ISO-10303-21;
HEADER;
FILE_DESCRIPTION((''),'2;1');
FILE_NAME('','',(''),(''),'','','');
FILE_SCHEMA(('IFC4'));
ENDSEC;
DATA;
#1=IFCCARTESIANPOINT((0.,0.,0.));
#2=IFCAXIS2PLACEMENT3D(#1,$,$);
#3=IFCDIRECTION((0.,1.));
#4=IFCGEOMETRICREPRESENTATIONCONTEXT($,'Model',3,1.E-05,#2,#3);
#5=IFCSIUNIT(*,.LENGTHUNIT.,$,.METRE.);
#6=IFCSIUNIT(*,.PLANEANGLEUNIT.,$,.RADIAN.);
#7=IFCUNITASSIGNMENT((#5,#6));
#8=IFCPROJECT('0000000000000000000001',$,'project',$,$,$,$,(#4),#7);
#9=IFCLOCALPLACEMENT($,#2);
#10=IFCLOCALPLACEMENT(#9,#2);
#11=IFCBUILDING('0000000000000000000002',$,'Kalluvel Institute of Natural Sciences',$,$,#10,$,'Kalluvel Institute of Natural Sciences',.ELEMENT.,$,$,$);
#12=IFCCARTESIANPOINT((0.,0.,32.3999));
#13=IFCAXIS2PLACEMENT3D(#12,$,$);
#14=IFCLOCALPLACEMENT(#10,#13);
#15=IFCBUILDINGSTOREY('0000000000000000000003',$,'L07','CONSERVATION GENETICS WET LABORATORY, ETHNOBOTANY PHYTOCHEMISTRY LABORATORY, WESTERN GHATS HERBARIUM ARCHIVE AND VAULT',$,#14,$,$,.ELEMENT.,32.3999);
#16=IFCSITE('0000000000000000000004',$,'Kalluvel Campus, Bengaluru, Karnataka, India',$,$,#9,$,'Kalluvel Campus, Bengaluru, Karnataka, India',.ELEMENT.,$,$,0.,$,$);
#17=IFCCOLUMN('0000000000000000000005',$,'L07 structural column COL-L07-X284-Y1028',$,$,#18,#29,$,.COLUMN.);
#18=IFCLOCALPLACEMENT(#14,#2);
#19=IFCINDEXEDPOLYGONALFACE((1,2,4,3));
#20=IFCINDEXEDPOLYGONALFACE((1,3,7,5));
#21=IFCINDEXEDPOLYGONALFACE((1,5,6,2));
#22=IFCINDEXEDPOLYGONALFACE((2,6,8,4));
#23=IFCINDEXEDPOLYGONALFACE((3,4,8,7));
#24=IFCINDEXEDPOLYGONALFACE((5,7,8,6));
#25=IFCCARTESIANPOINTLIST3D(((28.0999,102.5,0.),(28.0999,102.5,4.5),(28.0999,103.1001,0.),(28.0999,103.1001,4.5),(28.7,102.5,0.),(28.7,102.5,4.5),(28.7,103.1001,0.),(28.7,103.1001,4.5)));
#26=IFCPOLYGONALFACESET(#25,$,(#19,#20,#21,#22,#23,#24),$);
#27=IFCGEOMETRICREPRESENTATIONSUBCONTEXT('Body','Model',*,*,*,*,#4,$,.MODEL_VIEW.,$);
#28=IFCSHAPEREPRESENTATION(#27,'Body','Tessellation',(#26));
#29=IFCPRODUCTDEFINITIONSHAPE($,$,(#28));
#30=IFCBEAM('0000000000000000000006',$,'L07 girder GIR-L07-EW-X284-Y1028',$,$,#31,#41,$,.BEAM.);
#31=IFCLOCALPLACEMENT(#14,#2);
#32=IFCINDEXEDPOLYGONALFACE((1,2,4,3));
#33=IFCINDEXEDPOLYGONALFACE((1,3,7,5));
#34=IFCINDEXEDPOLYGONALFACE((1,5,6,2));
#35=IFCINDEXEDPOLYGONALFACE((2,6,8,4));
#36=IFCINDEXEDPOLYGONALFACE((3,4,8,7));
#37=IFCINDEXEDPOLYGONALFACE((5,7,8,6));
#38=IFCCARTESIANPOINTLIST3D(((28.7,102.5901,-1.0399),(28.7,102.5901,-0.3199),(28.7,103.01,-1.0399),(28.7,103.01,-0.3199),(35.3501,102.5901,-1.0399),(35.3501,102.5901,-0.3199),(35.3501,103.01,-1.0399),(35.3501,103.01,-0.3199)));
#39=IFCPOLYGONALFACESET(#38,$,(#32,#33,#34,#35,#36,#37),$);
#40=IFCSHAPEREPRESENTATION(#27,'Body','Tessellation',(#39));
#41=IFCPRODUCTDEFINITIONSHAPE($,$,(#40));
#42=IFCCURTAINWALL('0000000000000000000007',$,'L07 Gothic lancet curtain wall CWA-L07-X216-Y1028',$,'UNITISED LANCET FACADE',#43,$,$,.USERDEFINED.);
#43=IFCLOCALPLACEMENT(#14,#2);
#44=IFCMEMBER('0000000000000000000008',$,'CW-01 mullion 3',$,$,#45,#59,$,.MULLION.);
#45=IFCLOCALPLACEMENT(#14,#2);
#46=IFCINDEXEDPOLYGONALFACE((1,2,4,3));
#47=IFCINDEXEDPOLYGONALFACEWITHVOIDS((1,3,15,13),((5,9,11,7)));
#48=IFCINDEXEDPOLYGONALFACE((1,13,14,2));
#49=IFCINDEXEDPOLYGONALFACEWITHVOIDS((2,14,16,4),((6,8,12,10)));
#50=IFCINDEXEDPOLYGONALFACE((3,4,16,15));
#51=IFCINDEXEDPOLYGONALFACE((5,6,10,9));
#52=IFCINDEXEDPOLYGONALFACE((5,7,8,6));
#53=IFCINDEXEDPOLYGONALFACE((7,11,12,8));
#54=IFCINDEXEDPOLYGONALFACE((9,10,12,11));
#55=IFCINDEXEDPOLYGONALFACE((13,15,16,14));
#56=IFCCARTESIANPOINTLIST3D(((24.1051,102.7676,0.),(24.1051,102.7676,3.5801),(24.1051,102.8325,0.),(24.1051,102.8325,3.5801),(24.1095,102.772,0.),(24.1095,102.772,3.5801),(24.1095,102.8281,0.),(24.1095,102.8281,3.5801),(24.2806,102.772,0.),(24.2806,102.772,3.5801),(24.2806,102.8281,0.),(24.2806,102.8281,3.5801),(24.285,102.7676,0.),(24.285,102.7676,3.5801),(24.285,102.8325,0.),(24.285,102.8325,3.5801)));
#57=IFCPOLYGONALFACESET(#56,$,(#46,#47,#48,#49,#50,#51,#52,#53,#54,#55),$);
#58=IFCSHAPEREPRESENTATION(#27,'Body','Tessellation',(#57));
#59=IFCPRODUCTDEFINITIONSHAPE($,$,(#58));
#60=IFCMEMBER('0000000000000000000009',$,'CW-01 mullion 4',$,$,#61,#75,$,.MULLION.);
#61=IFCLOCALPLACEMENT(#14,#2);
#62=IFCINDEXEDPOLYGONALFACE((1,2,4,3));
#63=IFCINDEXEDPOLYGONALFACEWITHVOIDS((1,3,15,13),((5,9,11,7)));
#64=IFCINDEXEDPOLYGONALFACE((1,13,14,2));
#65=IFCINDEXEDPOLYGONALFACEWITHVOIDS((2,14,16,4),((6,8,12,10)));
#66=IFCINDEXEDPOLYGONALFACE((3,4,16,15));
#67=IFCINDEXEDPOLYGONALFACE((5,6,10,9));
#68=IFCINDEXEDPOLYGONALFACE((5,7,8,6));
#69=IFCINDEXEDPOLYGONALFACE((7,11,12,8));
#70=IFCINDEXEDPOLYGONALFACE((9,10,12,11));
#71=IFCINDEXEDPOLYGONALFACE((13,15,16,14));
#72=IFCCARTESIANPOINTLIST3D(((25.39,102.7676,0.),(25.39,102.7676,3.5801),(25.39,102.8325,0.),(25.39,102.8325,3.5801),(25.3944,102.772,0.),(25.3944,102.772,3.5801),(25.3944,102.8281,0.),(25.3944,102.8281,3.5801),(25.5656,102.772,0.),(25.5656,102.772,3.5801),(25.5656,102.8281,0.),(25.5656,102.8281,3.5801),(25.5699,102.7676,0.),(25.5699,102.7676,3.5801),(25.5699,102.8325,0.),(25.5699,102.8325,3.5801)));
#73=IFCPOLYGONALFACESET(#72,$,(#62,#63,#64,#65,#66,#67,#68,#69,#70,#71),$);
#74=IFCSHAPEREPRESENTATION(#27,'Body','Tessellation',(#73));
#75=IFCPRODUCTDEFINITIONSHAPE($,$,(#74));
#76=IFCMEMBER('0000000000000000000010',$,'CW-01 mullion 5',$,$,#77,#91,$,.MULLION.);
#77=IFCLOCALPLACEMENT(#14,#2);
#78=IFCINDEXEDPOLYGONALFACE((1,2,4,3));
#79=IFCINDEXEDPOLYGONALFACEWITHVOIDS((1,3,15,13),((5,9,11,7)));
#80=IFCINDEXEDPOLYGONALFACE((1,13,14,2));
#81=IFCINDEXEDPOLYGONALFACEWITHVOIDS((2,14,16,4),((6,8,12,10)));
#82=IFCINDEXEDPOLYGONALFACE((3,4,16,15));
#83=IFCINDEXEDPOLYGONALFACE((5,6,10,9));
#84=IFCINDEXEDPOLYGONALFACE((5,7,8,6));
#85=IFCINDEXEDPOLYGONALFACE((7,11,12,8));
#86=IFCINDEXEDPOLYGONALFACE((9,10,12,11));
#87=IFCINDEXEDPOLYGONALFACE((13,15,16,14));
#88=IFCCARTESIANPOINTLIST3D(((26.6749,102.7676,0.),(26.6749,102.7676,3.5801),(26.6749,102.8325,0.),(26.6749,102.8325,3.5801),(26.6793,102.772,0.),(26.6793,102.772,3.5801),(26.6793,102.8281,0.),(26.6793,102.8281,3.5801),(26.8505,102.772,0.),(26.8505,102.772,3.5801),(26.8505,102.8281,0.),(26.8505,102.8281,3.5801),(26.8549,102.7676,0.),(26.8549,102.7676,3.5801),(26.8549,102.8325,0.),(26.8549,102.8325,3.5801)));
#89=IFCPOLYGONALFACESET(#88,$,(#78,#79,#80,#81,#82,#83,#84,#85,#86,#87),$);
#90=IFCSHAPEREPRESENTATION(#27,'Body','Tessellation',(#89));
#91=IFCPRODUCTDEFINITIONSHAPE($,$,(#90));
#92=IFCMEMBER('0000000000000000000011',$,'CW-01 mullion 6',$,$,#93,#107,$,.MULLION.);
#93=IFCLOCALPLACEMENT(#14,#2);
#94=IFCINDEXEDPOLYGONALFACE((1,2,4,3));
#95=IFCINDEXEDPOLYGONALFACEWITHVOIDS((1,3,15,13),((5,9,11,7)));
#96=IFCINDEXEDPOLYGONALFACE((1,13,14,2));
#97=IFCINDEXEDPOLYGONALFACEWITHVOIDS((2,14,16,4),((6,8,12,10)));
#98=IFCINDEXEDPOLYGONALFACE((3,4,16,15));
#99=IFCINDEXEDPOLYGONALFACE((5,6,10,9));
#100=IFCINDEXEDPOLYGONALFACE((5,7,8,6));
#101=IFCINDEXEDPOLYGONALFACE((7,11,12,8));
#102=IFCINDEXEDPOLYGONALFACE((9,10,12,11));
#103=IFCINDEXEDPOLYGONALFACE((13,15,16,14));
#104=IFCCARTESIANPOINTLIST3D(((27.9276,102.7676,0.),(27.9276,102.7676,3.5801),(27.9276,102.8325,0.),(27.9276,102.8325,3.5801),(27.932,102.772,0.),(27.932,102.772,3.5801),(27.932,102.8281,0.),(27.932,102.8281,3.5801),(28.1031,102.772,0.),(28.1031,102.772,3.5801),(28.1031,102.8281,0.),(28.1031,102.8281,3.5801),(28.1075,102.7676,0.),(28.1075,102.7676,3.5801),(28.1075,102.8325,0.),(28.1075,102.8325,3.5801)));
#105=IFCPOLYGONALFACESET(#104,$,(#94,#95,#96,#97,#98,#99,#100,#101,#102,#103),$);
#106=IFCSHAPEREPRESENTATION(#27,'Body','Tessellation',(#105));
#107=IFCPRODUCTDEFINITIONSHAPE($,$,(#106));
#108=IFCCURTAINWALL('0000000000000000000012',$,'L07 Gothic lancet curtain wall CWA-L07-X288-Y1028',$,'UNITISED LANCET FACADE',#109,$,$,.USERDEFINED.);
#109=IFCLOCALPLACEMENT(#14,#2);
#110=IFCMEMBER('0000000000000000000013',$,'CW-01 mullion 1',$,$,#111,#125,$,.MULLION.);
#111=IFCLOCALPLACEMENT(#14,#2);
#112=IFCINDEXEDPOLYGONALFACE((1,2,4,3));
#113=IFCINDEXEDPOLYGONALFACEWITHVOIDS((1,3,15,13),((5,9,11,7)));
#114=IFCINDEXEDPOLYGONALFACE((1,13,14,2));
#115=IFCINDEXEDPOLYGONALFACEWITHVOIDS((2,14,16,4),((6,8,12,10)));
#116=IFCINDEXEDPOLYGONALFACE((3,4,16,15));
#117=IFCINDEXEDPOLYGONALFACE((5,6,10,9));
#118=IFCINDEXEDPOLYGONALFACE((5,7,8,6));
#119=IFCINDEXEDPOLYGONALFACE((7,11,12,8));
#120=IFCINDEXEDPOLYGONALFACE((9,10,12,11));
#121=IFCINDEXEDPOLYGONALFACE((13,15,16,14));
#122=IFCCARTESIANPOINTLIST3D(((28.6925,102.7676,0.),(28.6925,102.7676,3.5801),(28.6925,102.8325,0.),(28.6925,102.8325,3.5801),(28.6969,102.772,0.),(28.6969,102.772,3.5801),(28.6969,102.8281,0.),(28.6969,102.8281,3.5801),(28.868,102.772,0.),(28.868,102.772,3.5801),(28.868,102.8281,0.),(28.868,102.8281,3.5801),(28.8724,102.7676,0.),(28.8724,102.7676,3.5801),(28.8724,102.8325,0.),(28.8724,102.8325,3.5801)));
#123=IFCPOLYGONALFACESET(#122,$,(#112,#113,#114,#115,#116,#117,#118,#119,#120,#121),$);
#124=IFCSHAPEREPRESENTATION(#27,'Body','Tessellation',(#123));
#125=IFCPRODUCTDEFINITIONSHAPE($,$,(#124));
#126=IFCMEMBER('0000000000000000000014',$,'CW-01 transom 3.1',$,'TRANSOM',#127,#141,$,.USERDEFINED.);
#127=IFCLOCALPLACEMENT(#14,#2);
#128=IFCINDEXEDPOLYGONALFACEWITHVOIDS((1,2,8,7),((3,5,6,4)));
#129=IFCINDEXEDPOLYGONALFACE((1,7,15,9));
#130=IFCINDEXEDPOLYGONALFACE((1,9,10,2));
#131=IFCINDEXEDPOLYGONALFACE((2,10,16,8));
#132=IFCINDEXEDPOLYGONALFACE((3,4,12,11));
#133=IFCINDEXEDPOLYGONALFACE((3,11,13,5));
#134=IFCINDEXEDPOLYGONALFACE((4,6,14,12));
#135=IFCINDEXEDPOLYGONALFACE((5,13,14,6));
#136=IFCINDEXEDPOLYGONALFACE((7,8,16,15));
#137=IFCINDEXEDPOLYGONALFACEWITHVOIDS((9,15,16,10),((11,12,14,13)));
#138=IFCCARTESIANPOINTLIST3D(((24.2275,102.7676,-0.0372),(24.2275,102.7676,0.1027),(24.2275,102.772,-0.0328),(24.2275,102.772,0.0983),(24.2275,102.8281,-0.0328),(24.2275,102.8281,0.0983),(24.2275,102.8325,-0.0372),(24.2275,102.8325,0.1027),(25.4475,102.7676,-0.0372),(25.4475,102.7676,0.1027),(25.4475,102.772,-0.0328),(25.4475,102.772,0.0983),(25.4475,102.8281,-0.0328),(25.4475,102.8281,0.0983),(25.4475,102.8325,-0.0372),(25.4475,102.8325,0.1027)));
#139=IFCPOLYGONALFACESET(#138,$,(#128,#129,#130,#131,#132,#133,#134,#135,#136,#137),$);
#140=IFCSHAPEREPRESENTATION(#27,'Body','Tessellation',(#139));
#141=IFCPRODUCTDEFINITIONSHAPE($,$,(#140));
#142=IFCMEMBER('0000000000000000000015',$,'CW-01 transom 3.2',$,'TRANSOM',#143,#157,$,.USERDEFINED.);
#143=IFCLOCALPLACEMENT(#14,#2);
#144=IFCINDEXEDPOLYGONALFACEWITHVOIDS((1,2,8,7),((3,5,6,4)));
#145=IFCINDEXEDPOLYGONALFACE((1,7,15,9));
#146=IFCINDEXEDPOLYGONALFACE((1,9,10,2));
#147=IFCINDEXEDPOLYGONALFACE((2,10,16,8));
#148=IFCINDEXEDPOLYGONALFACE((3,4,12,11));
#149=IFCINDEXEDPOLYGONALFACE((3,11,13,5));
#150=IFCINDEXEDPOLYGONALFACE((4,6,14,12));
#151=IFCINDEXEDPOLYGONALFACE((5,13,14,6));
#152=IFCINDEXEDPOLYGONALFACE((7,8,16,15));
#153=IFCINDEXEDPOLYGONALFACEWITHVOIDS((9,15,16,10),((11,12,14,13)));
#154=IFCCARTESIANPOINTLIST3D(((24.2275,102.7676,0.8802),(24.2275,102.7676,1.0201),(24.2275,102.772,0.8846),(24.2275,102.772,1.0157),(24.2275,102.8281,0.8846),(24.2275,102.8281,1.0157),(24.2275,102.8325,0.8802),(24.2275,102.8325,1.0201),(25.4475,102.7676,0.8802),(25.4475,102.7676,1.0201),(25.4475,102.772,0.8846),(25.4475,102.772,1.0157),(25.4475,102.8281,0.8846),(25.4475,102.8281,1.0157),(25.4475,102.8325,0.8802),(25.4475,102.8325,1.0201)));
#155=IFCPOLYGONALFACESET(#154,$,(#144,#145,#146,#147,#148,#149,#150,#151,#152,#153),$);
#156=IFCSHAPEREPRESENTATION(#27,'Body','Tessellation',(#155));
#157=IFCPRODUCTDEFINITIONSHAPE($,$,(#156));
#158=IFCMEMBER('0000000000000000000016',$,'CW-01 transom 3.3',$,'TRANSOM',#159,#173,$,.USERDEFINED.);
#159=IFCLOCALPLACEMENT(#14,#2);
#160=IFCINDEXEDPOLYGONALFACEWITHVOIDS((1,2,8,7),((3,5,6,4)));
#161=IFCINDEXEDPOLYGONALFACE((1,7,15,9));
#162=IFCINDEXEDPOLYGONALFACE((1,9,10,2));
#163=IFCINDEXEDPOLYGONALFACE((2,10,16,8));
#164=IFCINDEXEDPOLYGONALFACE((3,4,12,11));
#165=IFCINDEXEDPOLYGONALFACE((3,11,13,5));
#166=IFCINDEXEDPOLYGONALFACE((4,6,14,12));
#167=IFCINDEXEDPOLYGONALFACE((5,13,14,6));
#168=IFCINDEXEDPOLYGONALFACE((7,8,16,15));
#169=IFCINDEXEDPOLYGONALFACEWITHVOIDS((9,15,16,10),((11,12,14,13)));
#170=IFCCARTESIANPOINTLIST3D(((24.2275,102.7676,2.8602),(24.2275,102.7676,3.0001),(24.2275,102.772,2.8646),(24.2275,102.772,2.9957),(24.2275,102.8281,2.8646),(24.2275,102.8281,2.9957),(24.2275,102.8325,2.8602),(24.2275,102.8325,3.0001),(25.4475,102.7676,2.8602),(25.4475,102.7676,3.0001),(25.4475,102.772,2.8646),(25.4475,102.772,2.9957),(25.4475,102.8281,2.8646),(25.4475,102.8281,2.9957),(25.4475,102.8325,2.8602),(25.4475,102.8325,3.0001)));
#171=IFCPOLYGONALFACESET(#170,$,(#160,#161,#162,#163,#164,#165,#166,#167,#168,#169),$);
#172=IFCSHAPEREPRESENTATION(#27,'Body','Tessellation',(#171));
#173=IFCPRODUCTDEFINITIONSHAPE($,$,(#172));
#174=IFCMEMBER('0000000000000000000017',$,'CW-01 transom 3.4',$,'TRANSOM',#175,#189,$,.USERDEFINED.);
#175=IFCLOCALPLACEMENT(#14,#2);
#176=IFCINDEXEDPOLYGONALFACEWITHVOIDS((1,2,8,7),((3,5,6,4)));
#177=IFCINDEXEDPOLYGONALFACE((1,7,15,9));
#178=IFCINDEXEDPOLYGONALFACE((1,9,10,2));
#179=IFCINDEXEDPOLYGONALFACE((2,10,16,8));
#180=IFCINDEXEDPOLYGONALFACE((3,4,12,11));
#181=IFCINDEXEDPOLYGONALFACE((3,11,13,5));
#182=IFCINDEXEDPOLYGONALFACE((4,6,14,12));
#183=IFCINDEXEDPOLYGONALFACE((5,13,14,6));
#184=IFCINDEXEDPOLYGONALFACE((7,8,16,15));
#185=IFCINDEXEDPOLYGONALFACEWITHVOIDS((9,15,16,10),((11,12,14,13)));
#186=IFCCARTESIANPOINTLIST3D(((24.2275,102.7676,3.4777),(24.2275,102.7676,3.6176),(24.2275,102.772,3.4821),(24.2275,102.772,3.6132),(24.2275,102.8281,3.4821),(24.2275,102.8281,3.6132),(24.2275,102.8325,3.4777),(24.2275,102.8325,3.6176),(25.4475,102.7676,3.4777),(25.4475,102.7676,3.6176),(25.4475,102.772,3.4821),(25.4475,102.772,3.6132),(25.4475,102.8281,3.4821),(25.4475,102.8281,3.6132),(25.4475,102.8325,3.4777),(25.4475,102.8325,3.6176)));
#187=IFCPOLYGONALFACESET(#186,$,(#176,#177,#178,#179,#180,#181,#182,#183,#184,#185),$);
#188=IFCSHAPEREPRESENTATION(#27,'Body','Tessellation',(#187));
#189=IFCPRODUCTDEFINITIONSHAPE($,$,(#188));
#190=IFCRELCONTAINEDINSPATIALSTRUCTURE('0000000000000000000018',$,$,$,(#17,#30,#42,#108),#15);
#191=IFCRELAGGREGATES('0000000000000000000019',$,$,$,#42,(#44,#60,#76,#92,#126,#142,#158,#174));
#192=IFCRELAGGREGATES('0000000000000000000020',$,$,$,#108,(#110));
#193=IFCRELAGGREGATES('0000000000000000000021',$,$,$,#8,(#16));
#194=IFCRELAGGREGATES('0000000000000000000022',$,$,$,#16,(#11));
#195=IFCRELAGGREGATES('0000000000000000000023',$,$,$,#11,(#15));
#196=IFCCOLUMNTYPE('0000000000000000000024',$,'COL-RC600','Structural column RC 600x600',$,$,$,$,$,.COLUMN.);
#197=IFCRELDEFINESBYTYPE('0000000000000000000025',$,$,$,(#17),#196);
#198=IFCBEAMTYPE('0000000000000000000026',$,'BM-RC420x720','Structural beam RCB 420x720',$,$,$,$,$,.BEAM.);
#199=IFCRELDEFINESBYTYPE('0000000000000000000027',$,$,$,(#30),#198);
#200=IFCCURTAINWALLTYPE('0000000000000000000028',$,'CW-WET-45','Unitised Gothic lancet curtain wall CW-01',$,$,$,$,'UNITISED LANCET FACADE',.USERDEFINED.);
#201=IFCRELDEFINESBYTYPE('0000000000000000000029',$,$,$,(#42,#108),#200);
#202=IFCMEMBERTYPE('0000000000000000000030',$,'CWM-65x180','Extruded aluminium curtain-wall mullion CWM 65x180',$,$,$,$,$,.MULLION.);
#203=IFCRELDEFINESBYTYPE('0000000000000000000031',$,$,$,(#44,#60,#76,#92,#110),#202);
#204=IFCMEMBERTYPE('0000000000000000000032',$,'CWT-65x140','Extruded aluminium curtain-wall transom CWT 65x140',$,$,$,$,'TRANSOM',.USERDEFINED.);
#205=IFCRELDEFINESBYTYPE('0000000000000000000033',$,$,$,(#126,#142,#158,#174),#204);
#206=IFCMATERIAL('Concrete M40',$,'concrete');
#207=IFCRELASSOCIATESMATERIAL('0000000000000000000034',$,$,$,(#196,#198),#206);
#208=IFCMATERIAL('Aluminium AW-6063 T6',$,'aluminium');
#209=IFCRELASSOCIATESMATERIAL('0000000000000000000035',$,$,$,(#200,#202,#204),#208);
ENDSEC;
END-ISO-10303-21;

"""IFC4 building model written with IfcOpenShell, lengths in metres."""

from ifc_helpers import new_model, si_unit, direction, frame, origin, origin_2d, place, context, subcontext, project, spatial, rectangle, hollow_rectangle, extrude, material, material_profile, profile_set, type_object, element, aggregate, save


model = new_model("IFC4")

# Units and contexts
model_context = context("Model", 3, precision=1e-05, world=origin(), true_north=direction((0.0, 1.0)))
body_context = subcontext(model_context, "Body", "Model", "MODEL_VIEW")
ifc_project = project(units=[si_unit("LENGTHUNIT", "METRE"), si_unit("PLANEANGLEUNIT", "RADIAN")], contexts=[model_context])

# Site, building, storey
site_placement = place(None, origin())
site = spatial("IfcSite", under=ifc_project, at=site_placement, Name="Kalluvel Campus, Bengaluru, Karnataka, India", LongName="Kalluvel Campus, Bengaluru, Karnataka, India", CompositionType="ELEMENT", RefElevation=0.0)
building_placement = place(site_placement, origin())
building = spatial("IfcBuilding", under=site, at=building_placement, Name="Kalluvel Institute of Natural Sciences", LongName="Kalluvel Institute of Natural Sciences", CompositionType="ELEMENT")
storey_placement = place(building_placement, frame((0.0, 0.0, 32.3999)))
storey = spatial("IfcBuildingStorey", under=building, at=storey_placement, Name="L07", Description="CONSERVATION GENETICS WET LABORATORY, ETHNOBOTANY PHYTOCHEMISTRY LABORATORY, WESTERN GHATS HERBARIUM ARCHIVE AND VAULT", CompositionType="ELEMENT", Elevation=32.3999)

# Column
ifc_material_1 = material(Name="Concrete M40", Category="concrete")
ifc_material_profile_1 = material_profile(ifc_material_1, rectangle(XDim=0.6001, YDim=0.6001, at=origin_2d()), Name="RC 600x600")
ifc_profile_set_1 = profile_set([ifc_material_profile_1], Name="Concrete M40")
column_type = type_object("IfcColumnType", Name="COL-RC600", Description="Structural column RC 600x600", PredefinedType="COLUMN", material=ifc_profile_set_1)
column_placement = place(storey_placement, frame((28.3999, 102.8, 0.0), z_axis=(0.0, 0.0, 1.0), x_axis=(1.0, 0.0, 0.0)))
element("IfcColumn", 1, at=column_placement, inside=storey, type_object=column_type, Name="L07 structural column COL-L07-X284-Y1028", PredefinedType="COLUMN", context=body_context, shape_type="SweptSolid", body=[
    extrude(rectangle(XDim=0.6001, YDim=0.6001, at=origin_2d()), origin(), (0.0, 0.0, 1.0), 4.5),
])

# Beam
ifc_material_profile_2 = material_profile(ifc_material_1, rectangle(XDim=0.4199, YDim=0.72, at=origin_2d()), Name="RCB 420x720")
ifc_profile_set_2 = profile_set([ifc_material_profile_2], Name="Concrete M40")
beam_type_1 = type_object("IfcBeamType", Name="BM-RC420x720", Description="Structural beam RCB 420x720", PredefinedType="BEAM", material=ifc_profile_set_2)
beam_1_placement = place(storey_placement, frame((28.7, 102.8, -0.6799), z_axis=(1.0, 0.0, 0.0), x_axis=(0.0, 1.0, 0.0)))
element("IfcBeam", 2, at=beam_1_placement, inside=storey, type_object=beam_type_1, Name="L07 girder GIR-L07-EW-X284-Y1028", PredefinedType="BEAM", context=body_context, shape_type="SweptSolid", body=[
    extrude(rectangle(XDim=0.4199, YDim=0.72, at=origin_2d()), origin(), (0.0, 0.0, 1.0), 6.6501),
])

# Curtain wall, members
ifc_material_2 = material(Name="Aluminium AW-6063 T6", Category="aluminium")
curtain_wall_type = type_object("IfcCurtainWallType", Name="CW-WET-45", Description="Unitised Gothic lancet curtain wall CW-01", ElementType="UNITISED LANCET FACADE", PredefinedType="USERDEFINED", material=ifc_material_2)
curtain_wall_1_placement = place(storey_placement, origin())
curtain_wall_1 = element("IfcCurtainWall", 3, at=curtain_wall_1_placement, inside=storey, type_object=curtain_wall_type, Name="L07 Gothic lancet curtain wall CWA-L07-X216-Y1028", ObjectType="UNITISED LANCET FACADE", PredefinedType="USERDEFINED")
ifc_material_profile_3 = material_profile(ifc_material_2, hollow_rectangle(XDim=0.0649, YDim=0.1799, WallThickness=0.0044, at=origin_2d()), Name="CWM 65x180")
ifc_profile_set_3 = profile_set([ifc_material_profile_3], Name="Aluminium AW-6063 T6")
member_type_1 = type_object("IfcMemberType", Name="CWM-65x180", Description="Extruded aluminium curtain-wall mullion CWM 65x180", PredefinedType="MULLION", material=ifc_profile_set_3)
member_1_placement = place(storey_placement, frame((24.1951, 102.8, 0.0), z_axis=(0.0, 0.0, 1.0), x_axis=(0.0, 1.0, 0.0)))
member_1 = element("IfcMember", 4, at=member_1_placement, type_object=member_type_1, Name="CW-01 mullion 3", PredefinedType="MULLION", context=body_context, shape_type="SweptSolid", body=[
    extrude(hollow_rectangle(XDim=0.0649, YDim=0.1799, WallThickness=0.0044, at=origin_2d()), origin(), (0.0, 0.0, 1.0), 3.5801),
])
member_2_placement = place(storey_placement, frame((25.48, 102.8, 0.0), z_axis=(0.0, 0.0, 1.0), x_axis=(0.0, 1.0, 0.0)))
member_2 = element("IfcMember", 5, at=member_2_placement, type_object=member_type_1, Name="CW-01 mullion 4", PredefinedType="MULLION", context=body_context, shape_type="SweptSolid", body=[
    extrude(hollow_rectangle(XDim=0.0649, YDim=0.1799, WallThickness=0.0044, at=origin_2d()), origin(), (0.0, 0.0, 1.0), 3.5801),
])
member_3_placement = place(storey_placement, frame((26.7649, 102.8, 0.0), z_axis=(0.0, 0.0, 1.0), x_axis=(0.0, 1.0, 0.0)))
member_3 = element("IfcMember", 6, at=member_3_placement, type_object=member_type_1, Name="CW-01 mullion 5", PredefinedType="MULLION", context=body_context, shape_type="SweptSolid", body=[
    extrude(hollow_rectangle(XDim=0.0649, YDim=0.1799, WallThickness=0.0044, at=origin_2d()), origin(), (0.0, 0.0, 1.0), 3.5801),
])
member_4_placement = place(storey_placement, frame((28.0176, 102.8, 0.0), z_axis=(0.0, 0.0, 1.0), x_axis=(0.0, 1.0, 0.0)))
member_4 = element("IfcMember", 7, at=member_4_placement, type_object=member_type_1, Name="CW-01 mullion 6", PredefinedType="MULLION", context=body_context, shape_type="SweptSolid", body=[
    extrude(hollow_rectangle(XDim=0.0649, YDim=0.1799, WallThickness=0.0044, at=origin_2d()), origin(), (0.0, 0.0, 1.0), 3.5801),
])

# Curtain wall, member
curtain_wall_2_placement = place(storey_placement, origin())
curtain_wall_2 = element("IfcCurtainWall", 8, at=curtain_wall_2_placement, inside=storey, type_object=curtain_wall_type, Name="L07 Gothic lancet curtain wall CWA-L07-X288-Y1028", ObjectType="UNITISED LANCET FACADE", PredefinedType="USERDEFINED")
member_5_placement = place(storey_placement, frame((28.7825, 102.8, 0.0), z_axis=(0.0, 0.0, 1.0), x_axis=(0.0, 1.0, 0.0)))
member_5 = element("IfcMember", 9, at=member_5_placement, type_object=member_type_1, Name="CW-01 mullion 1", PredefinedType="MULLION", context=body_context, shape_type="SweptSolid", body=[
    extrude(hollow_rectangle(XDim=0.0649, YDim=0.1799, WallThickness=0.0044, at=origin_2d()), origin(), (0.0, 0.0, 1.0), 3.5801),
])

# Members
ifc_material_profile_4 = material_profile(ifc_material_2, hollow_rectangle(XDim=0.0649, YDim=0.1399, WallThickness=0.0044, at=origin_2d()), Name="CWT 65x140")
ifc_profile_set_4 = profile_set([ifc_material_profile_4], Name="Aluminium AW-6063 T6")
member_type_2 = type_object("IfcMemberType", Name="CWT-65x140", Description="Extruded aluminium curtain-wall transom CWT 65x140", ElementType="TRANSOM", PredefinedType="USERDEFINED", material=ifc_profile_set_4)
member_6_placement = place(storey_placement, frame((24.2275, 102.8, 0.0327), z_axis=(1.0, 0.0, 0.0), x_axis=(0.0, 1.0, 0.0)))
member_6 = element("IfcMember", 10, at=member_6_placement, type_object=member_type_2, Name="CW-01 transom 3.1", ObjectType="TRANSOM", PredefinedType="USERDEFINED", context=body_context, shape_type="SweptSolid", body=[
    extrude(hollow_rectangle(XDim=0.0649, YDim=0.1399, WallThickness=0.0044, at=origin_2d()), origin(), (0.0, 0.0, 1.0), 1.22),
])
member_7_placement = place(storey_placement, frame((24.2275, 102.8, 0.9502), z_axis=(1.0, 0.0, 0.0), x_axis=(0.0, 1.0, 0.0)))
member_7 = element("IfcMember", 11, at=member_7_placement, type_object=member_type_2, Name="CW-01 transom 3.2", ObjectType="TRANSOM", PredefinedType="USERDEFINED", context=body_context, shape_type="SweptSolid", body=[
    extrude(hollow_rectangle(XDim=0.0649, YDim=0.1399, WallThickness=0.0044, at=origin_2d()), origin(), (0.0, 0.0, 1.0), 1.22),
])
member_8_placement = place(storey_placement, frame((24.2275, 102.8, 2.9302), z_axis=(1.0, 0.0, 0.0), x_axis=(0.0, 1.0, 0.0)))
member_8 = element("IfcMember", 12, at=member_8_placement, type_object=member_type_2, Name="CW-01 transom 3.3", ObjectType="TRANSOM", PredefinedType="USERDEFINED", context=body_context, shape_type="SweptSolid", body=[
    extrude(hollow_rectangle(XDim=0.0649, YDim=0.1399, WallThickness=0.0044, at=origin_2d()), origin(), (0.0, 0.0, 1.0), 1.22),
])
member_9_placement = place(storey_placement, frame((24.2275, 102.8, 3.5476), z_axis=(1.0, 0.0, 0.0), x_axis=(0.0, 1.0, 0.0)))
member_9 = element("IfcMember", 13, at=member_9_placement, type_object=member_type_2, Name="CW-01 transom 3.4", ObjectType="TRANSOM", PredefinedType="USERDEFINED", context=body_context, shape_type="SweptSolid", body=[
    extrude(hollow_rectangle(XDim=0.0649, YDim=0.1399, WallThickness=0.0044, at=origin_2d()), origin(), (0.0, 0.0, 1.0), 1.22),
])

aggregate(curtain_wall_1, [member_1, member_2, member_3, member_4, member_6, member_7, member_8, member_9])
aggregate(curtain_wall_2, [member_5])

save(model, "model.ifc")
